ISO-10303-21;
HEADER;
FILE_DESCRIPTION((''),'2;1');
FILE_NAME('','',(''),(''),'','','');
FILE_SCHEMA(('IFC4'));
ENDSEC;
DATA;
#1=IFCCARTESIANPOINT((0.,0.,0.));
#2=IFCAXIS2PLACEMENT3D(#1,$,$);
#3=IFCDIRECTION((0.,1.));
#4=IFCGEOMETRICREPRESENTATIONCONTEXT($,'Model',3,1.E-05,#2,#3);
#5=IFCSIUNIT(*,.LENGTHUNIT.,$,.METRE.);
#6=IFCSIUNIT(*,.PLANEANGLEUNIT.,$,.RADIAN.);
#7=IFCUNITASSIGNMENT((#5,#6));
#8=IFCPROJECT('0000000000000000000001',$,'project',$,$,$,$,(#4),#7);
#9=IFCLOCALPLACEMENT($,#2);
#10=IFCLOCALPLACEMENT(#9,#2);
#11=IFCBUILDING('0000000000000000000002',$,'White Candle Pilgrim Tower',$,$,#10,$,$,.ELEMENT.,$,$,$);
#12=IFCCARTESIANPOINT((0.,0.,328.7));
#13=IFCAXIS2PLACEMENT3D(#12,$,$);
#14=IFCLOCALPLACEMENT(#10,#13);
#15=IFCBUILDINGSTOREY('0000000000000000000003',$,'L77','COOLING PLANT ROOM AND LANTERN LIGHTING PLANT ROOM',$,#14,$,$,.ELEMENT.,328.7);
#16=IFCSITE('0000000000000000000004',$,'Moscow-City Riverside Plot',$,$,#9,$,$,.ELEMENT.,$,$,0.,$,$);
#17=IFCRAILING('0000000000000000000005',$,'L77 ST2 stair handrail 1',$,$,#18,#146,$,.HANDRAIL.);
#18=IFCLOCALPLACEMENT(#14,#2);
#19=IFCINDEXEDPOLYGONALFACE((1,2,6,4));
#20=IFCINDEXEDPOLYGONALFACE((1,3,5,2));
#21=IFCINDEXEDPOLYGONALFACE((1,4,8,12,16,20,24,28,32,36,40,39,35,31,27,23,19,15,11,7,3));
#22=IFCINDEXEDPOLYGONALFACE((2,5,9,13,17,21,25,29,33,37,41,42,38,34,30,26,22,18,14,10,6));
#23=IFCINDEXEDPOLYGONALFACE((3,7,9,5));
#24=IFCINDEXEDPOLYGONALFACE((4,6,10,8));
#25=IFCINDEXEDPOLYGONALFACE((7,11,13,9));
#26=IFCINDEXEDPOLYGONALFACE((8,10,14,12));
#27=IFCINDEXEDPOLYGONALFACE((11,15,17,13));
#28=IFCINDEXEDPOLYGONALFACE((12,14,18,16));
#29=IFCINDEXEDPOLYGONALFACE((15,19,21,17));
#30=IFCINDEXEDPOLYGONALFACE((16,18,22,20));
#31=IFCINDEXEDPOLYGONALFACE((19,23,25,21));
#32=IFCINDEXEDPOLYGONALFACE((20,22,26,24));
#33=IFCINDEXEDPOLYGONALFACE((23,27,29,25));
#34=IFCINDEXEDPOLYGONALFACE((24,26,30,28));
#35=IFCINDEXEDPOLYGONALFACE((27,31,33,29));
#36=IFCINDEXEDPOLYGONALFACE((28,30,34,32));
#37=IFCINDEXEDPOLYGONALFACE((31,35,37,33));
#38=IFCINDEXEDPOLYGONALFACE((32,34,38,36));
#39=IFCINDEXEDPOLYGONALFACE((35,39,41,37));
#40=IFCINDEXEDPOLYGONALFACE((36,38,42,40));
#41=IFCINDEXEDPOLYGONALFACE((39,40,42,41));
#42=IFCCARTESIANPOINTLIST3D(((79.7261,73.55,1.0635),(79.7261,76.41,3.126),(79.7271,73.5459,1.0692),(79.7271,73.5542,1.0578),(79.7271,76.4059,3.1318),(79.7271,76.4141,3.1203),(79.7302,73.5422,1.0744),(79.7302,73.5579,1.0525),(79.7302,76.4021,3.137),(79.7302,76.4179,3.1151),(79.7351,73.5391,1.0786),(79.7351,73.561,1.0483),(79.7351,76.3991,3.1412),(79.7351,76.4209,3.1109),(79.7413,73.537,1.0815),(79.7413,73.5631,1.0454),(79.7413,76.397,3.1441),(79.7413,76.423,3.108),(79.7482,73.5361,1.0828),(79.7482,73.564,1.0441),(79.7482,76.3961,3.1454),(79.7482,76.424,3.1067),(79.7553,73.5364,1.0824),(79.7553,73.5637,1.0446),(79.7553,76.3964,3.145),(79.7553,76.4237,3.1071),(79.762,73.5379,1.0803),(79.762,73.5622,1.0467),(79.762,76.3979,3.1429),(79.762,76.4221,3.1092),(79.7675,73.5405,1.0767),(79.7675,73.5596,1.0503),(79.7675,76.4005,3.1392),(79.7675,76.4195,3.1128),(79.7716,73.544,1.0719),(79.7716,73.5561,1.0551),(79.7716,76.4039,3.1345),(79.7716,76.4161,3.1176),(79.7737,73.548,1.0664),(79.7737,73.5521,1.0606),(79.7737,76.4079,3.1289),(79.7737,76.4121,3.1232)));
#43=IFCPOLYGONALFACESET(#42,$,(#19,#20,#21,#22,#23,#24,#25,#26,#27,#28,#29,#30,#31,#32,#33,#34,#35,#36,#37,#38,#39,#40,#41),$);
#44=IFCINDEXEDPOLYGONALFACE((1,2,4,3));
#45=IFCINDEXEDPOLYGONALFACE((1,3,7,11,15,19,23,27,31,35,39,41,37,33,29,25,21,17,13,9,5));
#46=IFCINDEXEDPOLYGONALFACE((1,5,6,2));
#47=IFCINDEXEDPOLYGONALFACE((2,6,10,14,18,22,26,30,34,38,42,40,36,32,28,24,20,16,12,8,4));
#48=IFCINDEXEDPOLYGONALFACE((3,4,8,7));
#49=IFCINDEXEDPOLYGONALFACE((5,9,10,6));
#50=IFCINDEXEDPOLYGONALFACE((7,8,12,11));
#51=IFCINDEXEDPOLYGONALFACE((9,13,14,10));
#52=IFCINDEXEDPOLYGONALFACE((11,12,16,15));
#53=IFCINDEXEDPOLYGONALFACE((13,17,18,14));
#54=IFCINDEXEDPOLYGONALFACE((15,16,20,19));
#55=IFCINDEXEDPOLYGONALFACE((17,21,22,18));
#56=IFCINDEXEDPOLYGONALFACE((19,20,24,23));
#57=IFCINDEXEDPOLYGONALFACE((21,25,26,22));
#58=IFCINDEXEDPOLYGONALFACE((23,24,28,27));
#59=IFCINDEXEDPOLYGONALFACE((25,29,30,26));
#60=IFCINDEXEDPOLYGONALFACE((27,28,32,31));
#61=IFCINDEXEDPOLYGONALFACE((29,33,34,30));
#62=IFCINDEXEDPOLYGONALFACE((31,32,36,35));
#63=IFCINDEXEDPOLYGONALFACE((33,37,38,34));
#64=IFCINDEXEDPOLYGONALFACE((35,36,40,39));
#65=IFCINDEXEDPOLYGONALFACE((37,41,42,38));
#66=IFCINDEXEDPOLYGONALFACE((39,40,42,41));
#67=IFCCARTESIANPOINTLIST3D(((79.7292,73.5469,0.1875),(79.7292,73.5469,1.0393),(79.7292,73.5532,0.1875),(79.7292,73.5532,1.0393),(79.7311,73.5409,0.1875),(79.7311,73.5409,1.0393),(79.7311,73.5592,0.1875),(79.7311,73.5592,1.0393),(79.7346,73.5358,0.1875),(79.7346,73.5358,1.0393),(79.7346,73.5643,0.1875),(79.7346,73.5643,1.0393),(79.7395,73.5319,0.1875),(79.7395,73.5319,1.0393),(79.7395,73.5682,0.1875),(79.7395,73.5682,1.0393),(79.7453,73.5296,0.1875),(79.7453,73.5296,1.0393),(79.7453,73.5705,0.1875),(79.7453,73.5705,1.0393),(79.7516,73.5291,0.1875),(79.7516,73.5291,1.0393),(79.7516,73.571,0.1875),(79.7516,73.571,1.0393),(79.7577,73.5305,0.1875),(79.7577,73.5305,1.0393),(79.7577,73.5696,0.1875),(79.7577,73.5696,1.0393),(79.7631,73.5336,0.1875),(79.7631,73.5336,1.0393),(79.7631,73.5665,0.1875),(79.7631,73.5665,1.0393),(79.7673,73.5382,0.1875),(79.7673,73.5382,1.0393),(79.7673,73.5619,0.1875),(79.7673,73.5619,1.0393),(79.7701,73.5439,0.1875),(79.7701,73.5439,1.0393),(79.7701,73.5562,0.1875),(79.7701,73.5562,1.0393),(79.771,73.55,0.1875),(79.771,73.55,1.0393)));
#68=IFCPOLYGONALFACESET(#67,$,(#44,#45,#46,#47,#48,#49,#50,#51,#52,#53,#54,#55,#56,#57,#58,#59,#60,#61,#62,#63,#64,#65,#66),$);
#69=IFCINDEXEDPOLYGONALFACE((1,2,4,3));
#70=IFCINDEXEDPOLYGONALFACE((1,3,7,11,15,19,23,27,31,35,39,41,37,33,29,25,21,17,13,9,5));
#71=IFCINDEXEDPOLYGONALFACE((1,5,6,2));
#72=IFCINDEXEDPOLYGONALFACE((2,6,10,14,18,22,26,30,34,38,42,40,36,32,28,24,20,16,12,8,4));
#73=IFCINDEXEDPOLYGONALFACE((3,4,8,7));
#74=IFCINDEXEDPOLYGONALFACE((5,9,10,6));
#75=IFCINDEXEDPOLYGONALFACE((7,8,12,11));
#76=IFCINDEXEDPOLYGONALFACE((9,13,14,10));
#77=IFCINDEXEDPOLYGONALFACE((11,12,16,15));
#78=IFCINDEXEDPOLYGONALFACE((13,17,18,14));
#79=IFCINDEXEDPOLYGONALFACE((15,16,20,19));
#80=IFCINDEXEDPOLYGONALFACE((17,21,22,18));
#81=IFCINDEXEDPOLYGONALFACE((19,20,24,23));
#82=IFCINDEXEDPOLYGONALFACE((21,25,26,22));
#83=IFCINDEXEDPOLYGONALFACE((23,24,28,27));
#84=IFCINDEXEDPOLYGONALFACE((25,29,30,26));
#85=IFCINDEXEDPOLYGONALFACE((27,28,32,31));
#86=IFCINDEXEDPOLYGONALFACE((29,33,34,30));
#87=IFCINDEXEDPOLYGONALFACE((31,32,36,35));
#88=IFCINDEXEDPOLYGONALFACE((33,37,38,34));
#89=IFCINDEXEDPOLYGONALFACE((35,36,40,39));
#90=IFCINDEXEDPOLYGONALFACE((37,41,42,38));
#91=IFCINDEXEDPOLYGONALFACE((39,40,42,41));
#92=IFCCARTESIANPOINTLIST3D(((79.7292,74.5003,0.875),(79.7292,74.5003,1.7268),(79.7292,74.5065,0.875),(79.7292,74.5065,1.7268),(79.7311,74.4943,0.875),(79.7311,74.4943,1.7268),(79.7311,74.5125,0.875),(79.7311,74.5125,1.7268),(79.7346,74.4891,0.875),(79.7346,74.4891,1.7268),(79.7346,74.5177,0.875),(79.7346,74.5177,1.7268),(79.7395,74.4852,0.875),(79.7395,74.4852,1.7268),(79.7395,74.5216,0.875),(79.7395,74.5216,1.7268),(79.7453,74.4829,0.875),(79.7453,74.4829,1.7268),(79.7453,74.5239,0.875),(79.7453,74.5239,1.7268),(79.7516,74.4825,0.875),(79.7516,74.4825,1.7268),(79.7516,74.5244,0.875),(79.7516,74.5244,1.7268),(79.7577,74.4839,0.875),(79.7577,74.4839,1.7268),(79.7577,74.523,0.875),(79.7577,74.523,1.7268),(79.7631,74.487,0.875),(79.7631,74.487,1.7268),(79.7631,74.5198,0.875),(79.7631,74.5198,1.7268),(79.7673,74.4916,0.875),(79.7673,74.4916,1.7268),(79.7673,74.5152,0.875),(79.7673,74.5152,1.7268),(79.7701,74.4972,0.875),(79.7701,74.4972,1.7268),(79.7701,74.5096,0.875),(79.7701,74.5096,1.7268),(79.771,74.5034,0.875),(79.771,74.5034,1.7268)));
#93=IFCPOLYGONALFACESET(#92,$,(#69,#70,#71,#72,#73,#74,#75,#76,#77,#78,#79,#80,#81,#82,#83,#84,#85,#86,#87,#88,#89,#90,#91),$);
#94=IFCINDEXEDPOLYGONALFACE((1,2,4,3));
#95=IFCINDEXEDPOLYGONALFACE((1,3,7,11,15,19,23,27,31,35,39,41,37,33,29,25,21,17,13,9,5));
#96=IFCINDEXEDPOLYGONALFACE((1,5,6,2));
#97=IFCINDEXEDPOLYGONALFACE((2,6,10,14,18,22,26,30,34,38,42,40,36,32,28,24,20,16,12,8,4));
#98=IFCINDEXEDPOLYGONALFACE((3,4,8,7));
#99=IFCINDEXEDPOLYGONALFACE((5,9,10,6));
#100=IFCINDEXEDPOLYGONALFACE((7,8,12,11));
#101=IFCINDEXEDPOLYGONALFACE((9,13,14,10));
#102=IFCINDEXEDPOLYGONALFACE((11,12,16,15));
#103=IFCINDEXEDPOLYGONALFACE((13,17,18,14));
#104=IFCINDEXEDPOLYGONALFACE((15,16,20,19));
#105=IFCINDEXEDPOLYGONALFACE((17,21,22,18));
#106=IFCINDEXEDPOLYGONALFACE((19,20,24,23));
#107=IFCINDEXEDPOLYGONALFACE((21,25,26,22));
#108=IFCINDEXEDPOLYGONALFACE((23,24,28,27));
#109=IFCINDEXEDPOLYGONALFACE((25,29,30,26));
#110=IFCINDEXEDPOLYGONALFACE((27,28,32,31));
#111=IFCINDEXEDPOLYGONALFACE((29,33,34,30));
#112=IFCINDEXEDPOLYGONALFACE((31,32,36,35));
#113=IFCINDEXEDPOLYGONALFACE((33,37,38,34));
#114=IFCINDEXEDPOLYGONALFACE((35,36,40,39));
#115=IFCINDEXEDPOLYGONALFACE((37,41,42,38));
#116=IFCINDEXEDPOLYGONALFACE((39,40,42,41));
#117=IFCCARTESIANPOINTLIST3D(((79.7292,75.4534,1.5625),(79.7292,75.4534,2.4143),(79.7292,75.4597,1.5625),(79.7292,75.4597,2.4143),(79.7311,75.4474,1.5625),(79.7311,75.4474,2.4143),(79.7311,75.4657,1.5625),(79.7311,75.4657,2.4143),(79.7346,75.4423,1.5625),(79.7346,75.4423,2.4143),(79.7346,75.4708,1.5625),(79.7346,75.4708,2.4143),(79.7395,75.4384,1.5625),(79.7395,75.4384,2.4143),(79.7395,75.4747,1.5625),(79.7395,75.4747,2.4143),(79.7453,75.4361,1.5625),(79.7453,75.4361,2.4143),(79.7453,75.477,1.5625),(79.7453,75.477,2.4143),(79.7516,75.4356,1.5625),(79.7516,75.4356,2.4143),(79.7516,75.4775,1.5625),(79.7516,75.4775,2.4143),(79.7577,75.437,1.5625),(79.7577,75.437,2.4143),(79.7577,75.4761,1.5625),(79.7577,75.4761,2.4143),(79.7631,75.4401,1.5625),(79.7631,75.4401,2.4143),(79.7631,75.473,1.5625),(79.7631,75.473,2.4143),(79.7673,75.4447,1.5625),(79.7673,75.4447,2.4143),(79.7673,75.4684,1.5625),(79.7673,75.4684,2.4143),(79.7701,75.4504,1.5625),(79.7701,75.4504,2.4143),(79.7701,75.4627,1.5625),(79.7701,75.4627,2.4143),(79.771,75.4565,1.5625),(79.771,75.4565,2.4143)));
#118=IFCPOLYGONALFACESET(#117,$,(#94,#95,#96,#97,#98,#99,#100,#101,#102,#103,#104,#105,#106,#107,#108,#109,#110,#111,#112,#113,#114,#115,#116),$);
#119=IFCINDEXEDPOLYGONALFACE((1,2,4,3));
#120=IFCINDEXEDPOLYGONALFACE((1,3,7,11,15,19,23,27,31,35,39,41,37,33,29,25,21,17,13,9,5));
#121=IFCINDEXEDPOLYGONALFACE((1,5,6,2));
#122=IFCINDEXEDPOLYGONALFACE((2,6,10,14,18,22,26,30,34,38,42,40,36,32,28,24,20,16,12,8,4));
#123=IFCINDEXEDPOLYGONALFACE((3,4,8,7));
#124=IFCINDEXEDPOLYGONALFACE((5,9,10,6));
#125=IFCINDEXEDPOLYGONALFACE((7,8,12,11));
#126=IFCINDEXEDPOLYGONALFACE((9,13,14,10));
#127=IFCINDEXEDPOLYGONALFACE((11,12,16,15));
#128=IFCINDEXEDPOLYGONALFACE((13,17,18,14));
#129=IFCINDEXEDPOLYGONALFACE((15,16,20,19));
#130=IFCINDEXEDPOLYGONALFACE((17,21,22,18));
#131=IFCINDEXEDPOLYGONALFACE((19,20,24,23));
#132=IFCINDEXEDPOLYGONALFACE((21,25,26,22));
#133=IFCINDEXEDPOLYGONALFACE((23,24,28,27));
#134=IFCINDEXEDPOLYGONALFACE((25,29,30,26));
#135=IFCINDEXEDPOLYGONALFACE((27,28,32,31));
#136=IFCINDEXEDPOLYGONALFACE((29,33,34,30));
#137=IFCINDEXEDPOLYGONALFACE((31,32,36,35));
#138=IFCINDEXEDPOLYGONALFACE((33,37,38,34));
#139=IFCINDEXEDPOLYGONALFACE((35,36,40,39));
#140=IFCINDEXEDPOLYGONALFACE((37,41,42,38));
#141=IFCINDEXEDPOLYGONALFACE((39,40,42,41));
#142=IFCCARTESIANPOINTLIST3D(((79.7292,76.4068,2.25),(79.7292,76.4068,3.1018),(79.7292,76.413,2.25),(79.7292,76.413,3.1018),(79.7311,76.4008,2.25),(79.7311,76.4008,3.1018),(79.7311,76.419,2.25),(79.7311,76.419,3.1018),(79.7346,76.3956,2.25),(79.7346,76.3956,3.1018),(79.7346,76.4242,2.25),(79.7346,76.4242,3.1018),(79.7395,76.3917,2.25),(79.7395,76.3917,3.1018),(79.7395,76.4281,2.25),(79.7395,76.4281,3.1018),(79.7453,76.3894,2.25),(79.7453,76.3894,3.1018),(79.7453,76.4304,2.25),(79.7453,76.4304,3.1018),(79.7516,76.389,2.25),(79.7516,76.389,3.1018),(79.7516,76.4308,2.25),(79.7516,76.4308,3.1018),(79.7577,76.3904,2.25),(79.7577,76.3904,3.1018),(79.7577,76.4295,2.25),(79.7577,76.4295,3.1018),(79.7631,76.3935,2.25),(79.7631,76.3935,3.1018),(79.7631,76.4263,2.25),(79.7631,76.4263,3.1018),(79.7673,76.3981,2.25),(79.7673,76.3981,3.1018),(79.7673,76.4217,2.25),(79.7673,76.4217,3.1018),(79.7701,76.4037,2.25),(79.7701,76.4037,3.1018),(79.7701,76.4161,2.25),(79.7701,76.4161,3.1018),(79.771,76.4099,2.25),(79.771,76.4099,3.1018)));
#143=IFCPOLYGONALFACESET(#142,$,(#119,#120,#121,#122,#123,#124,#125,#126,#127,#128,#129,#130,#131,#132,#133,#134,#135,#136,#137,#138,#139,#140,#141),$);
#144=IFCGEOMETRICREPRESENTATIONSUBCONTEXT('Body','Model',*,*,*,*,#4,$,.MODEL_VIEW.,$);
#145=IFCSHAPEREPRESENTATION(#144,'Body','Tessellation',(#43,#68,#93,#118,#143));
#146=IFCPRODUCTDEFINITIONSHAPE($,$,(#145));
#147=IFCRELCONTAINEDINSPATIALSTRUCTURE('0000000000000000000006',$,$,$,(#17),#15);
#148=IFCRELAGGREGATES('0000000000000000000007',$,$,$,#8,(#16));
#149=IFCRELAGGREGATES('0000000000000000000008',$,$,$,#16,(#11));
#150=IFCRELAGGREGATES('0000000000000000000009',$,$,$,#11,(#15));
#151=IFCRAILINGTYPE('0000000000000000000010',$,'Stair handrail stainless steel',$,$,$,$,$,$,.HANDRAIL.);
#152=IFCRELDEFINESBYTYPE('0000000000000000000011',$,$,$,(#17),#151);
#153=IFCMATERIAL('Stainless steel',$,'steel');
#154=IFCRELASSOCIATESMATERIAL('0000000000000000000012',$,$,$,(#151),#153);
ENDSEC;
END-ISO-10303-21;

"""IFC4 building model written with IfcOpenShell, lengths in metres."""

from ifc_helpers import new_model, si_unit, direction, frame, origin, origin_2d, place, context, subcontext, project, spatial, circle, extrude, material, type_object, element, save


model = new_model("IFC4")

# Units and contexts
model_context = context("Model", 3, precision=1e-05, world=origin(), true_north=direction((0.0, 1.0)))
body_context = subcontext(model_context, "Body", "Model", "MODEL_VIEW")
ifc_project = project(units=[si_unit("LENGTHUNIT", "METRE"), si_unit("PLANEANGLEUNIT", "RADIAN")], contexts=[model_context])

# Site, building, storey
site_placement = place(None, origin())
site = spatial("IfcSite", under=ifc_project, at=site_placement, Name="Moscow-City Riverside Plot", CompositionType="ELEMENT", RefElevation=0.0)
building_placement = place(site_placement, origin())
building = spatial("IfcBuilding", under=site, at=building_placement, Name="White Candle Pilgrim Tower", CompositionType="ELEMENT")
storey_placement = place(building_placement, frame((0.0, 0.0, 328.7)))
storey = spatial("IfcBuildingStorey", under=building, at=storey_placement, Name="L77", Description="COOLING PLANT ROOM AND LANTERN LIGHTING PLANT ROOM", CompositionType="ELEMENT", Elevation=328.7)

# Railing
ifc_material_1 = material(Name="Stainless steel", Category="steel")
railing_type_1 = type_object("IfcRailingType", Name="Stair handrail stainless steel", PredefinedType="HANDRAIL", material=ifc_material_1)
railing_1_placement = place(storey_placement, frame((79.75, 73.55, 0.1875)))
element("IfcRailing", 1, at=railing_1_placement, inside=storey, type_object=railing_type_1, Name="L77 ST2 stair handrail 1", PredefinedType="HANDRAIL", context=body_context, shape_type="SweptSolid", body=[
    extrude(circle(Radius=0.0239, at=origin_2d()), frame((0.0, 0.0, 0.876), z_axis=(0.0, 0.811077, 0.584939), x_axis=(-1.0, 0.0, 0.0)), (0.0, 0.0, 1.0), 3.5261),
    extrude(circle(Radius=0.021, at=origin_2d()), origin(), (0.0, 0.0, 1.0), 0.8518),
    extrude(circle(Radius=0.021, at=origin_2d()), frame((0.0, 0.9534, 0.6875)), (0.0, 0.0, 1.0), 0.8518),
    extrude(circle(Radius=0.021, at=origin_2d()), frame((0.0, 1.9065, 1.375)), (0.0, 0.0, 1.0), 0.8518),
    extrude(circle(Radius=0.021, at=origin_2d()), frame((0.0, 2.8599, 2.0625)), (0.0, 0.0, 1.0), 0.8518),
])

save(model, "model.ifc")
